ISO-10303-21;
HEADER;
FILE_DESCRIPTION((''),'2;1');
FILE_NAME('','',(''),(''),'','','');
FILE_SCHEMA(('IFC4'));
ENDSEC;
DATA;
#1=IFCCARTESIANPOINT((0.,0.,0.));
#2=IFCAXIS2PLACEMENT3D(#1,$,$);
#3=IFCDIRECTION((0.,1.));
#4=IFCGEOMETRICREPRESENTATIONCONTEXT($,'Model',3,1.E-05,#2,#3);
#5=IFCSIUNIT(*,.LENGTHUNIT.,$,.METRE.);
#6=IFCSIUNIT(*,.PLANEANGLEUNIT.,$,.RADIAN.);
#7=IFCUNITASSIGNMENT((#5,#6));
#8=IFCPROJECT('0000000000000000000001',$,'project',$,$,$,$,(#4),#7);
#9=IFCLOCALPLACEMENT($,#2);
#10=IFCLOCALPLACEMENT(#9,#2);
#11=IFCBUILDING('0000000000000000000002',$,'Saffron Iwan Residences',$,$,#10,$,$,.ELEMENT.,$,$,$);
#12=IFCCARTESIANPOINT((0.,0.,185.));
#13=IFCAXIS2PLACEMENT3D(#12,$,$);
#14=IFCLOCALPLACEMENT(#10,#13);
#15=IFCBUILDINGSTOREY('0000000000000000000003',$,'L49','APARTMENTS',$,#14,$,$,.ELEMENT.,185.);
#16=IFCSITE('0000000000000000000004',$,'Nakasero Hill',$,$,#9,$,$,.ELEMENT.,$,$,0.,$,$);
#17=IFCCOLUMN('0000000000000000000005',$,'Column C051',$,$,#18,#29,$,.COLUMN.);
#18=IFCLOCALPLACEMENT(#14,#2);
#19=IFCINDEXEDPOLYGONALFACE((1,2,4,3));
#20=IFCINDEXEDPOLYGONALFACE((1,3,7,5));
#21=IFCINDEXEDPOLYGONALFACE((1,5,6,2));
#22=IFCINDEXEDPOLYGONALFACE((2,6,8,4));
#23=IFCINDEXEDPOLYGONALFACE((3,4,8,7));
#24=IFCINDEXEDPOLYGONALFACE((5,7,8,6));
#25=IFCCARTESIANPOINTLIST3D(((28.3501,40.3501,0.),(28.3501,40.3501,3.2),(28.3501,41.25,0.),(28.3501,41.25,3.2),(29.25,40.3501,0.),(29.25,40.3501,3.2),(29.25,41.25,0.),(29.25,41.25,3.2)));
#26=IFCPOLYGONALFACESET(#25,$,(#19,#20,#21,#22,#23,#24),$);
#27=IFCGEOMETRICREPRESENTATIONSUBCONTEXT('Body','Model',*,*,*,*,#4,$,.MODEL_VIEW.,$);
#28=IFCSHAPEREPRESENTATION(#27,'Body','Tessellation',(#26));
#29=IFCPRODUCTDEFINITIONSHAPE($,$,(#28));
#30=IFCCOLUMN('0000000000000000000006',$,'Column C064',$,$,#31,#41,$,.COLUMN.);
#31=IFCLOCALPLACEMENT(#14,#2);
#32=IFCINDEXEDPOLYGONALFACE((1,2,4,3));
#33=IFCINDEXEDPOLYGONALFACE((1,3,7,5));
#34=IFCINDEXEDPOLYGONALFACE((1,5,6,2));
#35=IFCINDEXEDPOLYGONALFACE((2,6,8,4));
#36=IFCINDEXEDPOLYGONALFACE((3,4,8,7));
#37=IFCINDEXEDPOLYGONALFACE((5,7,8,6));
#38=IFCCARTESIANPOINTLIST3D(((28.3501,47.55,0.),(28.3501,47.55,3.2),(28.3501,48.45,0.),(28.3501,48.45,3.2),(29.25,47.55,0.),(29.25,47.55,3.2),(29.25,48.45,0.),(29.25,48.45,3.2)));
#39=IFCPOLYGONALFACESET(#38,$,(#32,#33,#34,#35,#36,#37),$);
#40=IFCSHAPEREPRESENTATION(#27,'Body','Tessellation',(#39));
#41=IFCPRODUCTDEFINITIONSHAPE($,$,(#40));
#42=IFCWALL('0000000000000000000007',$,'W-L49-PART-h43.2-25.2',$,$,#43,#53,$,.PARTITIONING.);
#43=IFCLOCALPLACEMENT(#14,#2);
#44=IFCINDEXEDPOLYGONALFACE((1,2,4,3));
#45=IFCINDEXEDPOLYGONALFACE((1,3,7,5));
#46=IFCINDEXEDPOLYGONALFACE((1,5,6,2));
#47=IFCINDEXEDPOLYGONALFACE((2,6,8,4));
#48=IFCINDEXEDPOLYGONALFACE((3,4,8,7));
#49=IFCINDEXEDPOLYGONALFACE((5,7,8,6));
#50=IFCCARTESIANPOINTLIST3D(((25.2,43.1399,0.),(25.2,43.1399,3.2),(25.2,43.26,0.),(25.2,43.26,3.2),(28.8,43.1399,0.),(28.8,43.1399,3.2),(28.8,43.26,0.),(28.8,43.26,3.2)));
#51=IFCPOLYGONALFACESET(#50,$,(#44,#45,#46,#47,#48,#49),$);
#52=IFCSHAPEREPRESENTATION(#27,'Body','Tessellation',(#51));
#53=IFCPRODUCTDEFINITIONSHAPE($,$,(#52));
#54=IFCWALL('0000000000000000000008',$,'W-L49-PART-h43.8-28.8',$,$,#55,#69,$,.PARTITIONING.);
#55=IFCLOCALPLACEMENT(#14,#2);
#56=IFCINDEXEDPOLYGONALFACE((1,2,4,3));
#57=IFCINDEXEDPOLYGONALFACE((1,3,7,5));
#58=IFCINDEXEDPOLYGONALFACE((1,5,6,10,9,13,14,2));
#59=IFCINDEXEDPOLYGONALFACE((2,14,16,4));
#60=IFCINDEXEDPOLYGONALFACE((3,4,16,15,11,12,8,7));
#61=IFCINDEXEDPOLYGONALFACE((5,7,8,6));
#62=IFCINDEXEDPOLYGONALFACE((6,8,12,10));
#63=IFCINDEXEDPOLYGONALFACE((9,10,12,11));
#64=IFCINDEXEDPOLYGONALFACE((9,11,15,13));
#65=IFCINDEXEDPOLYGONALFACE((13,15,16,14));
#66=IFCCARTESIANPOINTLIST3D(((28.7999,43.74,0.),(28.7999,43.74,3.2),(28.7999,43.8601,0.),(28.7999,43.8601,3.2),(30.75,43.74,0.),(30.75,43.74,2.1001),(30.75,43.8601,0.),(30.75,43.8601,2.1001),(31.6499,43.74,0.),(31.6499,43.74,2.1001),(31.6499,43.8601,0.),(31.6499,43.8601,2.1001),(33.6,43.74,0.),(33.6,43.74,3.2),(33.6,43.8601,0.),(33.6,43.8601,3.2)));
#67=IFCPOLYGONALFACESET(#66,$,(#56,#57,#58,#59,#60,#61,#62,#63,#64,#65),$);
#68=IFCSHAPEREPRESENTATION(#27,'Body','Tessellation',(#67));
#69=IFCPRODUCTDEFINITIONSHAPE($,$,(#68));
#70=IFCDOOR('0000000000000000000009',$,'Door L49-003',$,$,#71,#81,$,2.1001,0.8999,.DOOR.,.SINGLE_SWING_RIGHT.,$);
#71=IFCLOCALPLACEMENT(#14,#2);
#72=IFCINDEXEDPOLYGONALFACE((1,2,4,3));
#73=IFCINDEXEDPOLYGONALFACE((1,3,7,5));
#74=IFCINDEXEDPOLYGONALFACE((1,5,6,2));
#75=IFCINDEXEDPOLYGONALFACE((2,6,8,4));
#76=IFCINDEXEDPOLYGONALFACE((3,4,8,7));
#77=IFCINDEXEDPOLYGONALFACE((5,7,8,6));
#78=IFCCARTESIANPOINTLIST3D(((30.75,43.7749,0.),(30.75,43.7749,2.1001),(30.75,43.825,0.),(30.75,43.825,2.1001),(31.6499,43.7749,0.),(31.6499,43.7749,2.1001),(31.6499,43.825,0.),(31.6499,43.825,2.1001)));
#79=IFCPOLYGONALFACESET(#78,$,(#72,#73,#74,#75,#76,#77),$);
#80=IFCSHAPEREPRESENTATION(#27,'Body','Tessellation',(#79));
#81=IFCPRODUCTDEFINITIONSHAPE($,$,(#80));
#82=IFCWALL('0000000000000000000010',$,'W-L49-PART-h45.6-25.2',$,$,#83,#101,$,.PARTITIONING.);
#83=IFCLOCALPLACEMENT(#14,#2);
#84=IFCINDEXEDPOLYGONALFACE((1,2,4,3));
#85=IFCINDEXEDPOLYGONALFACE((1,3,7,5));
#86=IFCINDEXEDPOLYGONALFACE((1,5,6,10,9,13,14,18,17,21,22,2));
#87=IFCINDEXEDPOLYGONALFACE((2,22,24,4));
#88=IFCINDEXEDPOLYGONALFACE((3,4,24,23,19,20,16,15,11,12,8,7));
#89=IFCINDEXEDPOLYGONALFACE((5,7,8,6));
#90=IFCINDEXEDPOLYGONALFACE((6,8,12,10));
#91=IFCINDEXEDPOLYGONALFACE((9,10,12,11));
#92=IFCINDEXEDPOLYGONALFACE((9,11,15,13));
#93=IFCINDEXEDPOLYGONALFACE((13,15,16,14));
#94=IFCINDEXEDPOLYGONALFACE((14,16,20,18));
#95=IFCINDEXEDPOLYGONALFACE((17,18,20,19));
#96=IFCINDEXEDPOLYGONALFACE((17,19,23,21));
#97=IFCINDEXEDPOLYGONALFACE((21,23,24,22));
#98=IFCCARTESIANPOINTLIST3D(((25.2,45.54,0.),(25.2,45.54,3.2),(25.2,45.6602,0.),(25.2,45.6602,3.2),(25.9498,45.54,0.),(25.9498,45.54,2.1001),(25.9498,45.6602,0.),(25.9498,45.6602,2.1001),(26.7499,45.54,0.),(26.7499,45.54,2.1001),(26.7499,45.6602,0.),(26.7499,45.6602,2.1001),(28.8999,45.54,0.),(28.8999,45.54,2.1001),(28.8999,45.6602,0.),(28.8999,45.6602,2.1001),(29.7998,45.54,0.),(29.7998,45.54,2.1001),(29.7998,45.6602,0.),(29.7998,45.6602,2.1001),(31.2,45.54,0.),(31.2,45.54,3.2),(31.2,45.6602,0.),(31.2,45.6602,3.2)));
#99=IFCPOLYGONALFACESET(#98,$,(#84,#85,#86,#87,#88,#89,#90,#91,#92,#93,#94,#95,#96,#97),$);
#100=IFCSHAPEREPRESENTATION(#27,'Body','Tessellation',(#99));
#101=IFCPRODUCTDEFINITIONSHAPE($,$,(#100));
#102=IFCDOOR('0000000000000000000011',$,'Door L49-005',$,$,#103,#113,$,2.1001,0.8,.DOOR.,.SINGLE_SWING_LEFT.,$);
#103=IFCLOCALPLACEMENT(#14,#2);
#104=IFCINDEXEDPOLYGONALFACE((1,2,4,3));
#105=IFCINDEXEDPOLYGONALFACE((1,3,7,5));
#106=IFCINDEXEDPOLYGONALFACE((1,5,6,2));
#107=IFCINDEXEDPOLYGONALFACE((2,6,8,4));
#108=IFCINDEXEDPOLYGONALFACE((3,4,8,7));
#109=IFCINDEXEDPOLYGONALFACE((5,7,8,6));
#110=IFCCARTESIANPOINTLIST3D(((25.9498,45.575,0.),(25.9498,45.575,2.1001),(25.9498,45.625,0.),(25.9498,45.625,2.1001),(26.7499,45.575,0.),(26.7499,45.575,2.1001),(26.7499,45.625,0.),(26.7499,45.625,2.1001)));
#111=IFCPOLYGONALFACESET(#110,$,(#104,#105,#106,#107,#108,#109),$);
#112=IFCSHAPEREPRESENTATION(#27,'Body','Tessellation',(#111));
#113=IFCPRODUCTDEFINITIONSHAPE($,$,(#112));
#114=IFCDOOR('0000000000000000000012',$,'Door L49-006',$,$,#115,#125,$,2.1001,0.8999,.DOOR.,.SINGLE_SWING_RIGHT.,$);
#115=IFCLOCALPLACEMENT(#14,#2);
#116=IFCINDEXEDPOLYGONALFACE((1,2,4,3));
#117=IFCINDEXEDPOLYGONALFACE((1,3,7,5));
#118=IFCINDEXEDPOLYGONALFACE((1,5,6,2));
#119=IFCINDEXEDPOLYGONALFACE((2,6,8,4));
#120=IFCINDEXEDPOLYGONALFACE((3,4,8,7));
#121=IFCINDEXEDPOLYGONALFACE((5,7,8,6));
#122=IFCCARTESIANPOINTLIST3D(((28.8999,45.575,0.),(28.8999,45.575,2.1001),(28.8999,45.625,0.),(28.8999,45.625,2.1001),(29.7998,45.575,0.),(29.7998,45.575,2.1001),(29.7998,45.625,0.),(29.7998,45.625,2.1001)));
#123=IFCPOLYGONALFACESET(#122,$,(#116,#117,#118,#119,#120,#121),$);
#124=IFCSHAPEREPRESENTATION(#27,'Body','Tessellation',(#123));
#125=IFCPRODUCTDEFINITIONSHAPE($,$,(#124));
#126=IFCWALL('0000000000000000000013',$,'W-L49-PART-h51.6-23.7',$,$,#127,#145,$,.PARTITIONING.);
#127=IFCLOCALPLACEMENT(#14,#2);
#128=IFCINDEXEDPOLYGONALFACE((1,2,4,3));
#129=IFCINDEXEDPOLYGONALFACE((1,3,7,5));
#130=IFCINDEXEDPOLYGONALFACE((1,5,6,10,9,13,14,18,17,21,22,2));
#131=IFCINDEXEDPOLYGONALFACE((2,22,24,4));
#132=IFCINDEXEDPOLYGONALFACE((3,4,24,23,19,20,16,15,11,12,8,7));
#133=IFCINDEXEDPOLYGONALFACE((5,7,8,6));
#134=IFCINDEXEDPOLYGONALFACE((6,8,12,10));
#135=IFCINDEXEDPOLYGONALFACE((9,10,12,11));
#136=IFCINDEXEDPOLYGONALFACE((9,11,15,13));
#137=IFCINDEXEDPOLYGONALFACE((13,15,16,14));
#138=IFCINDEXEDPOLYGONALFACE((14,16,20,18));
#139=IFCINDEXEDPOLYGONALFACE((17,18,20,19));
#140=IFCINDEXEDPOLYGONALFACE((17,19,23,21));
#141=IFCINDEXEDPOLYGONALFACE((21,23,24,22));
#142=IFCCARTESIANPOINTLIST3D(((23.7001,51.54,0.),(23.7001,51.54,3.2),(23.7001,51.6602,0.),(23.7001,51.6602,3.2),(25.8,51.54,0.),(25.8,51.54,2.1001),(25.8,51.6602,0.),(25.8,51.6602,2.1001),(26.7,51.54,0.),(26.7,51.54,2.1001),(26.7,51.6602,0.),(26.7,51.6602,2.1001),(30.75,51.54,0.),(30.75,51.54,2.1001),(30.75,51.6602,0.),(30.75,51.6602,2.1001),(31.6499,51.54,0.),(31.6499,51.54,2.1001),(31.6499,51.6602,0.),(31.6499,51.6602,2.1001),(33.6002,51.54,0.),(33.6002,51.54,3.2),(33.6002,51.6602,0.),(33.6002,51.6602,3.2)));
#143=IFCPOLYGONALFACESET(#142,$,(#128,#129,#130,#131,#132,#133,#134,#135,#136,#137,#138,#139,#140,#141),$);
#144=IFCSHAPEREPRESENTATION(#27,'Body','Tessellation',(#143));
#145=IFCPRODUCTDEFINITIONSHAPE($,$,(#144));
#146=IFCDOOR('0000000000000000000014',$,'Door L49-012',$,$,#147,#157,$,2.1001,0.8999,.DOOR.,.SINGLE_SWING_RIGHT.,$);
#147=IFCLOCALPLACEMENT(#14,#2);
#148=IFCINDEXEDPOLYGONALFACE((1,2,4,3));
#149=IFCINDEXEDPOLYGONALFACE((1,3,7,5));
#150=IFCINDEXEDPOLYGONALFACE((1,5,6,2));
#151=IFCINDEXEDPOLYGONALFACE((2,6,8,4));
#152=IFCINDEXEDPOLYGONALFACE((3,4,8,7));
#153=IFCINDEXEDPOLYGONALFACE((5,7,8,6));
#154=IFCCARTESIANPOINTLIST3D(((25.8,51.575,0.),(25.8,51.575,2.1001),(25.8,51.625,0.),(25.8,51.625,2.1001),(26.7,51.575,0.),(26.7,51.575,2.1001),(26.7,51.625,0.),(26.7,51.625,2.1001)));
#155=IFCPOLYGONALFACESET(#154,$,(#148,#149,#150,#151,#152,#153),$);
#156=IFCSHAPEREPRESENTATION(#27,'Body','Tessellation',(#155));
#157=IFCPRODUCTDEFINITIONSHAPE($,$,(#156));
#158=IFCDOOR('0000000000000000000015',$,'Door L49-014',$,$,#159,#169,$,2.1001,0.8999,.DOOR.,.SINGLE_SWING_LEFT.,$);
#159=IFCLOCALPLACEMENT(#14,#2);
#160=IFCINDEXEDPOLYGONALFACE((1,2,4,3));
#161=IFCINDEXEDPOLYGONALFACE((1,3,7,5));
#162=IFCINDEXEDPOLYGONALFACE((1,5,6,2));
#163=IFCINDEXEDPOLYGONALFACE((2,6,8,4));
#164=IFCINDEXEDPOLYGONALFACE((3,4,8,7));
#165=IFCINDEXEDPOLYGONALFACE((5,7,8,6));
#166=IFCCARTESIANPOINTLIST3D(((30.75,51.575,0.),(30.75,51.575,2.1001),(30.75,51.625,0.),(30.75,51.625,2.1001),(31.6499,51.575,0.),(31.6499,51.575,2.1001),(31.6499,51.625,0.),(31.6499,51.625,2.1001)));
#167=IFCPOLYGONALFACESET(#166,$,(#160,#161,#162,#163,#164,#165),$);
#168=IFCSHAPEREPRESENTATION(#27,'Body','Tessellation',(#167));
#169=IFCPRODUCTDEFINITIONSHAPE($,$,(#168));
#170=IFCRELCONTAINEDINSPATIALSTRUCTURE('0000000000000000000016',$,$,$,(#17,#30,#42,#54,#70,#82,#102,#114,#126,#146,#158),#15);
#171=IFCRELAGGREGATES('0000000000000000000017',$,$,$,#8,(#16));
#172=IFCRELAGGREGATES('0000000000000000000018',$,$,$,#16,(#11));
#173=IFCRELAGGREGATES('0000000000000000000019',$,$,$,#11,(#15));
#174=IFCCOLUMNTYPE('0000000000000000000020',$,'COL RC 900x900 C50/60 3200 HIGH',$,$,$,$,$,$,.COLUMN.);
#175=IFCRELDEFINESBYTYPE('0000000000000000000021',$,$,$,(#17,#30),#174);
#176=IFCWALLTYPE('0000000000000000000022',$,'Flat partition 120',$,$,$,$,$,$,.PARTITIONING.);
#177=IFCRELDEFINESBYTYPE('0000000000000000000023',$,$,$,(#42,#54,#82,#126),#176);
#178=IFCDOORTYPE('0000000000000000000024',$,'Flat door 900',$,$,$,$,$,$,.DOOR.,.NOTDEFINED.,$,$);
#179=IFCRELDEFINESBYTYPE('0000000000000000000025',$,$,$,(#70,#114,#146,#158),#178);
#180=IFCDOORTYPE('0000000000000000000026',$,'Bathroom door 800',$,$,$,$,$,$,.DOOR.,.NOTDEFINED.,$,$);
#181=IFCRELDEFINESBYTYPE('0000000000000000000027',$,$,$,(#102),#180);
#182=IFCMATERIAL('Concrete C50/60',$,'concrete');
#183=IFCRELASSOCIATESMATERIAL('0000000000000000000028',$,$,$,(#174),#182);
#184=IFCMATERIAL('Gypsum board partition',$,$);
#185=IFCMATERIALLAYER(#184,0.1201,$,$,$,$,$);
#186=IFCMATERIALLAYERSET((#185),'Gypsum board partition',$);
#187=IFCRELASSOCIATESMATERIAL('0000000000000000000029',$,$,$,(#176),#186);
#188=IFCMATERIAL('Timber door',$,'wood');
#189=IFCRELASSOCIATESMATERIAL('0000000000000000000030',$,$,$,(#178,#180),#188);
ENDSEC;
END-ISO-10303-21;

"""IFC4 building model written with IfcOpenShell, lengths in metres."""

from ifc_helpers import new_model, si_unit, direction, frame, frame_2d, origin, origin_2d, place, context, subcontext, project, spatial, rectangle, extrude, source, transform, mapped, material, layer, layer_set, material_profile, profile_set, type_object, element, fill, save


model = new_model("IFC4")

# Units and contexts
model_context = context("Model", 3, precision=1e-05, world=origin(), true_north=direction((0.0, 1.0)))
body_context = subcontext(model_context, "Body", "Model", "MODEL_VIEW")
ifc_project = project(units=[si_unit("LENGTHUNIT", "METRE"), si_unit("PLANEANGLEUNIT", "RADIAN")], contexts=[model_context])

# Site, building, storey
site_placement = place(None, origin())
site = spatial("IfcSite", under=ifc_project, at=site_placement, Name="Nakasero Hill", CompositionType="ELEMENT", RefElevation=0.0)
building_placement = place(site_placement, origin())
building = spatial("IfcBuilding", under=site, at=building_placement, Name="Saffron Iwan Residences", CompositionType="ELEMENT")
storey_placement = place(building_placement, frame((0.0, 0.0, 185.0)))
storey = spatial("IfcBuildingStorey", under=building, at=storey_placement, Name="L49", Description="APARTMENTS", CompositionType="ELEMENT", Elevation=185.0)

# Columns
ifc_material_1 = material(Name="Concrete C50/60", Category="concrete")
ifc_material_profile = material_profile(ifc_material_1, rectangle(XDim=0.8999, YDim=0.8999, at=origin_2d()), Name="RC 900x900")
ifc_profile_set = profile_set([ifc_material_profile], Name="Concrete C50/60")
column_type = type_object("IfcColumnType", Name="COL RC 900x900 C50/60 3200 HIGH", PredefinedType="COLUMN", material=ifc_profile_set)
shared_shape = source(origin(), body_context, "Body", "SweptSolid", [
    extrude(rectangle(XDim=0.8999, YDim=0.8999, at=origin_2d()), origin(), (0.0, 0.0, 1.0), 3.2),
])
for number, where, z_axis, x_axis, name in (
    (1, (28.8, 40.8, 0.0), (0.0, 0.0, 1.0), (1.0, 0.0, 0.0), "Column C051"),
    (2, (28.8, 48.0, 0.0), (0.0, 0.0, 1.0), (1.0, 0.0, 0.0), "Column C064"),
):
    element("IfcColumn", number, at=place(storey_placement, frame(where, z_axis=z_axis, x_axis=x_axis)), inside=storey, type_object=column_type, Name=name, PredefinedType="COLUMN", context=body_context, shape_type="MappedRepresentation", body=[
        mapped(shared_shape, transform((0.0, 0.0, 0.0))),
    ])

# Wall
ifc_material_2 = material(Name="Gypsum board partition")
ifc_layer = layer(ifc_material_2, 0.1201)
ifc_layer_set = layer_set([ifc_layer], Name="Gypsum board partition")
wall_type = type_object("IfcWallType", Name="Flat partition 120", PredefinedType="PARTITIONING", material=ifc_layer_set)
wall_1_placement = place(storey_placement, frame((25.2, 43.2, 0.0), z_axis=(0.0, 0.0, 1.0), x_axis=(1.0, 0.0, 0.0)))
element("IfcWall", 3, at=wall_1_placement, inside=storey, type_object=wall_type, Name="W-L49-PART-h43.2-25.2", PredefinedType="PARTITIONING", context=body_context, shape_type="SweptSolid", body=[
    extrude(rectangle(XDim=3.6001, YDim=0.1201, at=frame_2d((1.8, 0.0))), origin(), (0.0, 0.0, 1.0), 3.2),
])

# Wall, opening, door
wall_2_placement = place(storey_placement, frame((28.8, 43.8, 0.0), z_axis=(0.0, 0.0, 1.0), x_axis=(1.0, 0.0, 0.0)))
wall_2 = element("IfcWall", 4, at=wall_2_placement, inside=storey, type_object=wall_type, Name="W-L49-PART-h43.8-28.8", PredefinedType="PARTITIONING", context=body_context, shape_type="SweptSolid", body=[
    extrude(rectangle(XDim=4.8, YDim=0.1201, at=frame_2d((2.3999, 0.0))), origin(), (0.0, 0.0, 1.0), 3.2),
])
opening_1_placement = place(wall_2_placement, frame((1.95, 0.0, 0.0)))
opening_1 = element("IfcOpeningElement", 5, at=opening_1_placement, cuts=wall_2, PredefinedType="OPENING", context=body_context, shape_type="SweptSolid", body=[
    extrude(rectangle(XDim=0.8999, YDim=2.1001, at=frame_2d((0.45, 1.05))), frame((0.0, 0.0701, 0.0), z_axis=(0.0, -1.0, 0.0), x_axis=(1.0, 0.0, 0.0)), (0.0, 0.0, 1.0), 0.1401),
])
ifc_material_3 = material(Name="Timber door", Category="wood")
door_type_1 = type_object("IfcDoorType", Name="Flat door 900", OperationType="NOTDEFINED", PredefinedType="DOOR", material=ifc_material_3)
door_1_placement = place(opening_1_placement, origin())
door_1 = element("IfcDoor", 6, at=door_1_placement, inside=storey, type_object=door_type_1, Name="Door L49-003", OperationType="SINGLE_SWING_RIGHT", OverallHeight=2.1001, OverallWidth=0.8999, PredefinedType="DOOR", context=body_context, shape_type="SweptSolid", body=[
    extrude(rectangle(XDim=0.8999, YDim=2.1001, at=frame_2d((0.45, 1.05))), frame((0.0, 0.0249, 0.0), z_axis=(0.0, -1.0, 0.0), x_axis=(1.0, 0.0, 0.0)), (0.0, 0.0, 1.0), 0.05),
])
fill(opening_1, door_1)

# Walls, openings, doors
wall_3_placement = place(storey_placement, frame((25.2, 45.6001, 0.0), z_axis=(0.0, 0.0, 1.0), x_axis=(1.0, 0.0, 0.0)))
wall_3 = element("IfcWall", 7, at=wall_3_placement, inside=storey, type_object=wall_type, Name="W-L49-PART-h45.6-25.2", PredefinedType="PARTITIONING", context=body_context, shape_type="SweptSolid", body=[
    extrude(rectangle(XDim=6.0, YDim=0.1201, at=frame_2d((3.0, 0.0))), origin(), (0.0, 0.0, 1.0), 3.2),
])
opening_2_placement = place(wall_3_placement, frame((0.75, 0.0, 0.0)))
opening_2 = element("IfcOpeningElement", 8, at=opening_2_placement, cuts=wall_3, PredefinedType="OPENING", context=body_context, shape_type="SweptSolid", body=[
    extrude(rectangle(XDim=0.8, YDim=2.1001, at=frame_2d((0.3999, 1.05))), frame((0.0, 0.0701, 0.0), z_axis=(0.0, -1.0, 0.0), x_axis=(1.0, 0.0, 0.0)), (0.0, 0.0, 1.0), 0.1401),
])
opening_3_placement = place(wall_3_placement, frame((3.7, 0.0, 0.0)))
opening_3 = element("IfcOpeningElement", 9, at=opening_3_placement, cuts=wall_3, PredefinedType="OPENING", context=body_context, shape_type="SweptSolid", body=[
    extrude(rectangle(XDim=0.8999, YDim=2.1001, at=frame_2d((0.45, 1.05))), frame((0.0, 0.0701, 0.0), z_axis=(0.0, -1.0, 0.0), x_axis=(1.0, 0.0, 0.0)), (0.0, 0.0, 1.0), 0.1401),
])
door_type_2 = type_object("IfcDoorType", Name="Bathroom door 800", OperationType="NOTDEFINED", PredefinedType="DOOR", material=ifc_material_3)
door_2_placement = place(opening_2_placement, origin())
door_2 = element("IfcDoor", 10, at=door_2_placement, inside=storey, type_object=door_type_2, Name="Door L49-005", OperationType="SINGLE_SWING_LEFT", OverallHeight=2.1001, OverallWidth=0.8, PredefinedType="DOOR", context=body_context, shape_type="SweptSolid", body=[
    extrude(rectangle(XDim=0.8, YDim=2.1001, at=frame_2d((0.3999, 1.05))), frame((0.0, 0.0249, 0.0), z_axis=(0.0, -1.0, 0.0), x_axis=(1.0, 0.0, 0.0)), (0.0, 0.0, 1.0), 0.05),
])
fill(opening_2, door_2)
door_3_placement = place(opening_3_placement, origin())
door_3 = element("IfcDoor", 11, at=door_3_placement, inside=storey, type_object=door_type_1, Name="Door L49-006", OperationType="SINGLE_SWING_RIGHT", OverallHeight=2.1001, OverallWidth=0.8999, PredefinedType="DOOR", context=body_context, shape_type="SweptSolid", body=[
    extrude(rectangle(XDim=0.8999, YDim=2.1001, at=frame_2d((0.45, 1.05))), frame((0.0, 0.0249, 0.0), z_axis=(0.0, -1.0, 0.0), x_axis=(1.0, 0.0, 0.0)), (0.0, 0.0, 1.0), 0.05),
])
fill(opening_3, door_3)
wall_4_placement = place(storey_placement, frame((23.7, 51.6001, 0.0), z_axis=(0.0, 0.0, 1.0), x_axis=(1.0, 0.0, 0.0)))
wall_4 = element("IfcWall", 12, at=wall_4_placement, inside=storey, type_object=wall_type, Name="W-L49-PART-h51.6-23.7", PredefinedType="PARTITIONING", context=body_context, shape_type="SweptSolid", body=[
    extrude(rectangle(XDim=9.9001, YDim=0.1201, at=frame_2d((4.9502, 0.0))), origin(), (0.0, 0.0, 1.0), 3.2),
])
opening_4_placement = place(wall_4_placement, frame((2.1001, 0.0, 0.0)))
opening_4 = element("IfcOpeningElement", 13, at=opening_4_placement, cuts=wall_4, PredefinedType="OPENING", context=body_context, shape_type="SweptSolid", body=[
    extrude(rectangle(XDim=0.8999, YDim=2.1001, at=frame_2d((0.45, 1.05))), frame((0.0, 0.0701, 0.0), z_axis=(0.0, -1.0, 0.0), x_axis=(1.0, 0.0, 0.0)), (0.0, 0.0, 1.0), 0.1401),
])
opening_5_placement = place(wall_4_placement, frame((7.05, 0.0, 0.0)))
opening_5 = element("IfcOpeningElement", 14, at=opening_5_placement, cuts=wall_4, PredefinedType="OPENING", context=body_context, shape_type="SweptSolid", body=[
    extrude(rectangle(XDim=0.8999, YDim=2.1001, at=frame_2d((0.45, 1.05))), frame((0.0, 0.0701, 0.0), z_axis=(0.0, -1.0, 0.0), x_axis=(1.0, 0.0, 0.0)), (0.0, 0.0, 1.0), 0.1401),
])
door_4_placement = place(opening_4_placement, origin())
door_4 = element("IfcDoor", 15, at=door_4_placement, inside=storey, type_object=door_type_1, Name="Door L49-012", OperationType="SINGLE_SWING_RIGHT", OverallHeight=2.1001, OverallWidth=0.8999, PredefinedType="DOOR", context=body_context, shape_type="SweptSolid", body=[
    extrude(rectangle(XDim=0.8999, YDim=2.1001, at=frame_2d((0.45, 1.05))), frame((0.0, 0.0249, 0.0), z_axis=(0.0, -1.0, 0.0), x_axis=(1.0, 0.0, 0.0)), (0.0, 0.0, 1.0), 0.05),
])
fill(opening_4, door_4)
door_5_placement = place(opening_5_placement, origin())
door_5 = element("IfcDoor", 16, at=door_5_placement, inside=storey, type_object=door_type_1, Name="Door L49-014", OperationType="SINGLE_SWING_LEFT", OverallHeight=2.1001, OverallWidth=0.8999, PredefinedType="DOOR", context=body_context, shape_type="SweptSolid", body=[
    extrude(rectangle(XDim=0.8999, YDim=2.1001, at=frame_2d((0.45, 1.05))), frame((0.0, 0.0249, 0.0), z_axis=(0.0, -1.0, 0.0), x_axis=(1.0, 0.0, 0.0)), (0.0, 0.0, 1.0), 0.05),
])
fill(opening_5, door_5)

save(model, "model.ifc")
